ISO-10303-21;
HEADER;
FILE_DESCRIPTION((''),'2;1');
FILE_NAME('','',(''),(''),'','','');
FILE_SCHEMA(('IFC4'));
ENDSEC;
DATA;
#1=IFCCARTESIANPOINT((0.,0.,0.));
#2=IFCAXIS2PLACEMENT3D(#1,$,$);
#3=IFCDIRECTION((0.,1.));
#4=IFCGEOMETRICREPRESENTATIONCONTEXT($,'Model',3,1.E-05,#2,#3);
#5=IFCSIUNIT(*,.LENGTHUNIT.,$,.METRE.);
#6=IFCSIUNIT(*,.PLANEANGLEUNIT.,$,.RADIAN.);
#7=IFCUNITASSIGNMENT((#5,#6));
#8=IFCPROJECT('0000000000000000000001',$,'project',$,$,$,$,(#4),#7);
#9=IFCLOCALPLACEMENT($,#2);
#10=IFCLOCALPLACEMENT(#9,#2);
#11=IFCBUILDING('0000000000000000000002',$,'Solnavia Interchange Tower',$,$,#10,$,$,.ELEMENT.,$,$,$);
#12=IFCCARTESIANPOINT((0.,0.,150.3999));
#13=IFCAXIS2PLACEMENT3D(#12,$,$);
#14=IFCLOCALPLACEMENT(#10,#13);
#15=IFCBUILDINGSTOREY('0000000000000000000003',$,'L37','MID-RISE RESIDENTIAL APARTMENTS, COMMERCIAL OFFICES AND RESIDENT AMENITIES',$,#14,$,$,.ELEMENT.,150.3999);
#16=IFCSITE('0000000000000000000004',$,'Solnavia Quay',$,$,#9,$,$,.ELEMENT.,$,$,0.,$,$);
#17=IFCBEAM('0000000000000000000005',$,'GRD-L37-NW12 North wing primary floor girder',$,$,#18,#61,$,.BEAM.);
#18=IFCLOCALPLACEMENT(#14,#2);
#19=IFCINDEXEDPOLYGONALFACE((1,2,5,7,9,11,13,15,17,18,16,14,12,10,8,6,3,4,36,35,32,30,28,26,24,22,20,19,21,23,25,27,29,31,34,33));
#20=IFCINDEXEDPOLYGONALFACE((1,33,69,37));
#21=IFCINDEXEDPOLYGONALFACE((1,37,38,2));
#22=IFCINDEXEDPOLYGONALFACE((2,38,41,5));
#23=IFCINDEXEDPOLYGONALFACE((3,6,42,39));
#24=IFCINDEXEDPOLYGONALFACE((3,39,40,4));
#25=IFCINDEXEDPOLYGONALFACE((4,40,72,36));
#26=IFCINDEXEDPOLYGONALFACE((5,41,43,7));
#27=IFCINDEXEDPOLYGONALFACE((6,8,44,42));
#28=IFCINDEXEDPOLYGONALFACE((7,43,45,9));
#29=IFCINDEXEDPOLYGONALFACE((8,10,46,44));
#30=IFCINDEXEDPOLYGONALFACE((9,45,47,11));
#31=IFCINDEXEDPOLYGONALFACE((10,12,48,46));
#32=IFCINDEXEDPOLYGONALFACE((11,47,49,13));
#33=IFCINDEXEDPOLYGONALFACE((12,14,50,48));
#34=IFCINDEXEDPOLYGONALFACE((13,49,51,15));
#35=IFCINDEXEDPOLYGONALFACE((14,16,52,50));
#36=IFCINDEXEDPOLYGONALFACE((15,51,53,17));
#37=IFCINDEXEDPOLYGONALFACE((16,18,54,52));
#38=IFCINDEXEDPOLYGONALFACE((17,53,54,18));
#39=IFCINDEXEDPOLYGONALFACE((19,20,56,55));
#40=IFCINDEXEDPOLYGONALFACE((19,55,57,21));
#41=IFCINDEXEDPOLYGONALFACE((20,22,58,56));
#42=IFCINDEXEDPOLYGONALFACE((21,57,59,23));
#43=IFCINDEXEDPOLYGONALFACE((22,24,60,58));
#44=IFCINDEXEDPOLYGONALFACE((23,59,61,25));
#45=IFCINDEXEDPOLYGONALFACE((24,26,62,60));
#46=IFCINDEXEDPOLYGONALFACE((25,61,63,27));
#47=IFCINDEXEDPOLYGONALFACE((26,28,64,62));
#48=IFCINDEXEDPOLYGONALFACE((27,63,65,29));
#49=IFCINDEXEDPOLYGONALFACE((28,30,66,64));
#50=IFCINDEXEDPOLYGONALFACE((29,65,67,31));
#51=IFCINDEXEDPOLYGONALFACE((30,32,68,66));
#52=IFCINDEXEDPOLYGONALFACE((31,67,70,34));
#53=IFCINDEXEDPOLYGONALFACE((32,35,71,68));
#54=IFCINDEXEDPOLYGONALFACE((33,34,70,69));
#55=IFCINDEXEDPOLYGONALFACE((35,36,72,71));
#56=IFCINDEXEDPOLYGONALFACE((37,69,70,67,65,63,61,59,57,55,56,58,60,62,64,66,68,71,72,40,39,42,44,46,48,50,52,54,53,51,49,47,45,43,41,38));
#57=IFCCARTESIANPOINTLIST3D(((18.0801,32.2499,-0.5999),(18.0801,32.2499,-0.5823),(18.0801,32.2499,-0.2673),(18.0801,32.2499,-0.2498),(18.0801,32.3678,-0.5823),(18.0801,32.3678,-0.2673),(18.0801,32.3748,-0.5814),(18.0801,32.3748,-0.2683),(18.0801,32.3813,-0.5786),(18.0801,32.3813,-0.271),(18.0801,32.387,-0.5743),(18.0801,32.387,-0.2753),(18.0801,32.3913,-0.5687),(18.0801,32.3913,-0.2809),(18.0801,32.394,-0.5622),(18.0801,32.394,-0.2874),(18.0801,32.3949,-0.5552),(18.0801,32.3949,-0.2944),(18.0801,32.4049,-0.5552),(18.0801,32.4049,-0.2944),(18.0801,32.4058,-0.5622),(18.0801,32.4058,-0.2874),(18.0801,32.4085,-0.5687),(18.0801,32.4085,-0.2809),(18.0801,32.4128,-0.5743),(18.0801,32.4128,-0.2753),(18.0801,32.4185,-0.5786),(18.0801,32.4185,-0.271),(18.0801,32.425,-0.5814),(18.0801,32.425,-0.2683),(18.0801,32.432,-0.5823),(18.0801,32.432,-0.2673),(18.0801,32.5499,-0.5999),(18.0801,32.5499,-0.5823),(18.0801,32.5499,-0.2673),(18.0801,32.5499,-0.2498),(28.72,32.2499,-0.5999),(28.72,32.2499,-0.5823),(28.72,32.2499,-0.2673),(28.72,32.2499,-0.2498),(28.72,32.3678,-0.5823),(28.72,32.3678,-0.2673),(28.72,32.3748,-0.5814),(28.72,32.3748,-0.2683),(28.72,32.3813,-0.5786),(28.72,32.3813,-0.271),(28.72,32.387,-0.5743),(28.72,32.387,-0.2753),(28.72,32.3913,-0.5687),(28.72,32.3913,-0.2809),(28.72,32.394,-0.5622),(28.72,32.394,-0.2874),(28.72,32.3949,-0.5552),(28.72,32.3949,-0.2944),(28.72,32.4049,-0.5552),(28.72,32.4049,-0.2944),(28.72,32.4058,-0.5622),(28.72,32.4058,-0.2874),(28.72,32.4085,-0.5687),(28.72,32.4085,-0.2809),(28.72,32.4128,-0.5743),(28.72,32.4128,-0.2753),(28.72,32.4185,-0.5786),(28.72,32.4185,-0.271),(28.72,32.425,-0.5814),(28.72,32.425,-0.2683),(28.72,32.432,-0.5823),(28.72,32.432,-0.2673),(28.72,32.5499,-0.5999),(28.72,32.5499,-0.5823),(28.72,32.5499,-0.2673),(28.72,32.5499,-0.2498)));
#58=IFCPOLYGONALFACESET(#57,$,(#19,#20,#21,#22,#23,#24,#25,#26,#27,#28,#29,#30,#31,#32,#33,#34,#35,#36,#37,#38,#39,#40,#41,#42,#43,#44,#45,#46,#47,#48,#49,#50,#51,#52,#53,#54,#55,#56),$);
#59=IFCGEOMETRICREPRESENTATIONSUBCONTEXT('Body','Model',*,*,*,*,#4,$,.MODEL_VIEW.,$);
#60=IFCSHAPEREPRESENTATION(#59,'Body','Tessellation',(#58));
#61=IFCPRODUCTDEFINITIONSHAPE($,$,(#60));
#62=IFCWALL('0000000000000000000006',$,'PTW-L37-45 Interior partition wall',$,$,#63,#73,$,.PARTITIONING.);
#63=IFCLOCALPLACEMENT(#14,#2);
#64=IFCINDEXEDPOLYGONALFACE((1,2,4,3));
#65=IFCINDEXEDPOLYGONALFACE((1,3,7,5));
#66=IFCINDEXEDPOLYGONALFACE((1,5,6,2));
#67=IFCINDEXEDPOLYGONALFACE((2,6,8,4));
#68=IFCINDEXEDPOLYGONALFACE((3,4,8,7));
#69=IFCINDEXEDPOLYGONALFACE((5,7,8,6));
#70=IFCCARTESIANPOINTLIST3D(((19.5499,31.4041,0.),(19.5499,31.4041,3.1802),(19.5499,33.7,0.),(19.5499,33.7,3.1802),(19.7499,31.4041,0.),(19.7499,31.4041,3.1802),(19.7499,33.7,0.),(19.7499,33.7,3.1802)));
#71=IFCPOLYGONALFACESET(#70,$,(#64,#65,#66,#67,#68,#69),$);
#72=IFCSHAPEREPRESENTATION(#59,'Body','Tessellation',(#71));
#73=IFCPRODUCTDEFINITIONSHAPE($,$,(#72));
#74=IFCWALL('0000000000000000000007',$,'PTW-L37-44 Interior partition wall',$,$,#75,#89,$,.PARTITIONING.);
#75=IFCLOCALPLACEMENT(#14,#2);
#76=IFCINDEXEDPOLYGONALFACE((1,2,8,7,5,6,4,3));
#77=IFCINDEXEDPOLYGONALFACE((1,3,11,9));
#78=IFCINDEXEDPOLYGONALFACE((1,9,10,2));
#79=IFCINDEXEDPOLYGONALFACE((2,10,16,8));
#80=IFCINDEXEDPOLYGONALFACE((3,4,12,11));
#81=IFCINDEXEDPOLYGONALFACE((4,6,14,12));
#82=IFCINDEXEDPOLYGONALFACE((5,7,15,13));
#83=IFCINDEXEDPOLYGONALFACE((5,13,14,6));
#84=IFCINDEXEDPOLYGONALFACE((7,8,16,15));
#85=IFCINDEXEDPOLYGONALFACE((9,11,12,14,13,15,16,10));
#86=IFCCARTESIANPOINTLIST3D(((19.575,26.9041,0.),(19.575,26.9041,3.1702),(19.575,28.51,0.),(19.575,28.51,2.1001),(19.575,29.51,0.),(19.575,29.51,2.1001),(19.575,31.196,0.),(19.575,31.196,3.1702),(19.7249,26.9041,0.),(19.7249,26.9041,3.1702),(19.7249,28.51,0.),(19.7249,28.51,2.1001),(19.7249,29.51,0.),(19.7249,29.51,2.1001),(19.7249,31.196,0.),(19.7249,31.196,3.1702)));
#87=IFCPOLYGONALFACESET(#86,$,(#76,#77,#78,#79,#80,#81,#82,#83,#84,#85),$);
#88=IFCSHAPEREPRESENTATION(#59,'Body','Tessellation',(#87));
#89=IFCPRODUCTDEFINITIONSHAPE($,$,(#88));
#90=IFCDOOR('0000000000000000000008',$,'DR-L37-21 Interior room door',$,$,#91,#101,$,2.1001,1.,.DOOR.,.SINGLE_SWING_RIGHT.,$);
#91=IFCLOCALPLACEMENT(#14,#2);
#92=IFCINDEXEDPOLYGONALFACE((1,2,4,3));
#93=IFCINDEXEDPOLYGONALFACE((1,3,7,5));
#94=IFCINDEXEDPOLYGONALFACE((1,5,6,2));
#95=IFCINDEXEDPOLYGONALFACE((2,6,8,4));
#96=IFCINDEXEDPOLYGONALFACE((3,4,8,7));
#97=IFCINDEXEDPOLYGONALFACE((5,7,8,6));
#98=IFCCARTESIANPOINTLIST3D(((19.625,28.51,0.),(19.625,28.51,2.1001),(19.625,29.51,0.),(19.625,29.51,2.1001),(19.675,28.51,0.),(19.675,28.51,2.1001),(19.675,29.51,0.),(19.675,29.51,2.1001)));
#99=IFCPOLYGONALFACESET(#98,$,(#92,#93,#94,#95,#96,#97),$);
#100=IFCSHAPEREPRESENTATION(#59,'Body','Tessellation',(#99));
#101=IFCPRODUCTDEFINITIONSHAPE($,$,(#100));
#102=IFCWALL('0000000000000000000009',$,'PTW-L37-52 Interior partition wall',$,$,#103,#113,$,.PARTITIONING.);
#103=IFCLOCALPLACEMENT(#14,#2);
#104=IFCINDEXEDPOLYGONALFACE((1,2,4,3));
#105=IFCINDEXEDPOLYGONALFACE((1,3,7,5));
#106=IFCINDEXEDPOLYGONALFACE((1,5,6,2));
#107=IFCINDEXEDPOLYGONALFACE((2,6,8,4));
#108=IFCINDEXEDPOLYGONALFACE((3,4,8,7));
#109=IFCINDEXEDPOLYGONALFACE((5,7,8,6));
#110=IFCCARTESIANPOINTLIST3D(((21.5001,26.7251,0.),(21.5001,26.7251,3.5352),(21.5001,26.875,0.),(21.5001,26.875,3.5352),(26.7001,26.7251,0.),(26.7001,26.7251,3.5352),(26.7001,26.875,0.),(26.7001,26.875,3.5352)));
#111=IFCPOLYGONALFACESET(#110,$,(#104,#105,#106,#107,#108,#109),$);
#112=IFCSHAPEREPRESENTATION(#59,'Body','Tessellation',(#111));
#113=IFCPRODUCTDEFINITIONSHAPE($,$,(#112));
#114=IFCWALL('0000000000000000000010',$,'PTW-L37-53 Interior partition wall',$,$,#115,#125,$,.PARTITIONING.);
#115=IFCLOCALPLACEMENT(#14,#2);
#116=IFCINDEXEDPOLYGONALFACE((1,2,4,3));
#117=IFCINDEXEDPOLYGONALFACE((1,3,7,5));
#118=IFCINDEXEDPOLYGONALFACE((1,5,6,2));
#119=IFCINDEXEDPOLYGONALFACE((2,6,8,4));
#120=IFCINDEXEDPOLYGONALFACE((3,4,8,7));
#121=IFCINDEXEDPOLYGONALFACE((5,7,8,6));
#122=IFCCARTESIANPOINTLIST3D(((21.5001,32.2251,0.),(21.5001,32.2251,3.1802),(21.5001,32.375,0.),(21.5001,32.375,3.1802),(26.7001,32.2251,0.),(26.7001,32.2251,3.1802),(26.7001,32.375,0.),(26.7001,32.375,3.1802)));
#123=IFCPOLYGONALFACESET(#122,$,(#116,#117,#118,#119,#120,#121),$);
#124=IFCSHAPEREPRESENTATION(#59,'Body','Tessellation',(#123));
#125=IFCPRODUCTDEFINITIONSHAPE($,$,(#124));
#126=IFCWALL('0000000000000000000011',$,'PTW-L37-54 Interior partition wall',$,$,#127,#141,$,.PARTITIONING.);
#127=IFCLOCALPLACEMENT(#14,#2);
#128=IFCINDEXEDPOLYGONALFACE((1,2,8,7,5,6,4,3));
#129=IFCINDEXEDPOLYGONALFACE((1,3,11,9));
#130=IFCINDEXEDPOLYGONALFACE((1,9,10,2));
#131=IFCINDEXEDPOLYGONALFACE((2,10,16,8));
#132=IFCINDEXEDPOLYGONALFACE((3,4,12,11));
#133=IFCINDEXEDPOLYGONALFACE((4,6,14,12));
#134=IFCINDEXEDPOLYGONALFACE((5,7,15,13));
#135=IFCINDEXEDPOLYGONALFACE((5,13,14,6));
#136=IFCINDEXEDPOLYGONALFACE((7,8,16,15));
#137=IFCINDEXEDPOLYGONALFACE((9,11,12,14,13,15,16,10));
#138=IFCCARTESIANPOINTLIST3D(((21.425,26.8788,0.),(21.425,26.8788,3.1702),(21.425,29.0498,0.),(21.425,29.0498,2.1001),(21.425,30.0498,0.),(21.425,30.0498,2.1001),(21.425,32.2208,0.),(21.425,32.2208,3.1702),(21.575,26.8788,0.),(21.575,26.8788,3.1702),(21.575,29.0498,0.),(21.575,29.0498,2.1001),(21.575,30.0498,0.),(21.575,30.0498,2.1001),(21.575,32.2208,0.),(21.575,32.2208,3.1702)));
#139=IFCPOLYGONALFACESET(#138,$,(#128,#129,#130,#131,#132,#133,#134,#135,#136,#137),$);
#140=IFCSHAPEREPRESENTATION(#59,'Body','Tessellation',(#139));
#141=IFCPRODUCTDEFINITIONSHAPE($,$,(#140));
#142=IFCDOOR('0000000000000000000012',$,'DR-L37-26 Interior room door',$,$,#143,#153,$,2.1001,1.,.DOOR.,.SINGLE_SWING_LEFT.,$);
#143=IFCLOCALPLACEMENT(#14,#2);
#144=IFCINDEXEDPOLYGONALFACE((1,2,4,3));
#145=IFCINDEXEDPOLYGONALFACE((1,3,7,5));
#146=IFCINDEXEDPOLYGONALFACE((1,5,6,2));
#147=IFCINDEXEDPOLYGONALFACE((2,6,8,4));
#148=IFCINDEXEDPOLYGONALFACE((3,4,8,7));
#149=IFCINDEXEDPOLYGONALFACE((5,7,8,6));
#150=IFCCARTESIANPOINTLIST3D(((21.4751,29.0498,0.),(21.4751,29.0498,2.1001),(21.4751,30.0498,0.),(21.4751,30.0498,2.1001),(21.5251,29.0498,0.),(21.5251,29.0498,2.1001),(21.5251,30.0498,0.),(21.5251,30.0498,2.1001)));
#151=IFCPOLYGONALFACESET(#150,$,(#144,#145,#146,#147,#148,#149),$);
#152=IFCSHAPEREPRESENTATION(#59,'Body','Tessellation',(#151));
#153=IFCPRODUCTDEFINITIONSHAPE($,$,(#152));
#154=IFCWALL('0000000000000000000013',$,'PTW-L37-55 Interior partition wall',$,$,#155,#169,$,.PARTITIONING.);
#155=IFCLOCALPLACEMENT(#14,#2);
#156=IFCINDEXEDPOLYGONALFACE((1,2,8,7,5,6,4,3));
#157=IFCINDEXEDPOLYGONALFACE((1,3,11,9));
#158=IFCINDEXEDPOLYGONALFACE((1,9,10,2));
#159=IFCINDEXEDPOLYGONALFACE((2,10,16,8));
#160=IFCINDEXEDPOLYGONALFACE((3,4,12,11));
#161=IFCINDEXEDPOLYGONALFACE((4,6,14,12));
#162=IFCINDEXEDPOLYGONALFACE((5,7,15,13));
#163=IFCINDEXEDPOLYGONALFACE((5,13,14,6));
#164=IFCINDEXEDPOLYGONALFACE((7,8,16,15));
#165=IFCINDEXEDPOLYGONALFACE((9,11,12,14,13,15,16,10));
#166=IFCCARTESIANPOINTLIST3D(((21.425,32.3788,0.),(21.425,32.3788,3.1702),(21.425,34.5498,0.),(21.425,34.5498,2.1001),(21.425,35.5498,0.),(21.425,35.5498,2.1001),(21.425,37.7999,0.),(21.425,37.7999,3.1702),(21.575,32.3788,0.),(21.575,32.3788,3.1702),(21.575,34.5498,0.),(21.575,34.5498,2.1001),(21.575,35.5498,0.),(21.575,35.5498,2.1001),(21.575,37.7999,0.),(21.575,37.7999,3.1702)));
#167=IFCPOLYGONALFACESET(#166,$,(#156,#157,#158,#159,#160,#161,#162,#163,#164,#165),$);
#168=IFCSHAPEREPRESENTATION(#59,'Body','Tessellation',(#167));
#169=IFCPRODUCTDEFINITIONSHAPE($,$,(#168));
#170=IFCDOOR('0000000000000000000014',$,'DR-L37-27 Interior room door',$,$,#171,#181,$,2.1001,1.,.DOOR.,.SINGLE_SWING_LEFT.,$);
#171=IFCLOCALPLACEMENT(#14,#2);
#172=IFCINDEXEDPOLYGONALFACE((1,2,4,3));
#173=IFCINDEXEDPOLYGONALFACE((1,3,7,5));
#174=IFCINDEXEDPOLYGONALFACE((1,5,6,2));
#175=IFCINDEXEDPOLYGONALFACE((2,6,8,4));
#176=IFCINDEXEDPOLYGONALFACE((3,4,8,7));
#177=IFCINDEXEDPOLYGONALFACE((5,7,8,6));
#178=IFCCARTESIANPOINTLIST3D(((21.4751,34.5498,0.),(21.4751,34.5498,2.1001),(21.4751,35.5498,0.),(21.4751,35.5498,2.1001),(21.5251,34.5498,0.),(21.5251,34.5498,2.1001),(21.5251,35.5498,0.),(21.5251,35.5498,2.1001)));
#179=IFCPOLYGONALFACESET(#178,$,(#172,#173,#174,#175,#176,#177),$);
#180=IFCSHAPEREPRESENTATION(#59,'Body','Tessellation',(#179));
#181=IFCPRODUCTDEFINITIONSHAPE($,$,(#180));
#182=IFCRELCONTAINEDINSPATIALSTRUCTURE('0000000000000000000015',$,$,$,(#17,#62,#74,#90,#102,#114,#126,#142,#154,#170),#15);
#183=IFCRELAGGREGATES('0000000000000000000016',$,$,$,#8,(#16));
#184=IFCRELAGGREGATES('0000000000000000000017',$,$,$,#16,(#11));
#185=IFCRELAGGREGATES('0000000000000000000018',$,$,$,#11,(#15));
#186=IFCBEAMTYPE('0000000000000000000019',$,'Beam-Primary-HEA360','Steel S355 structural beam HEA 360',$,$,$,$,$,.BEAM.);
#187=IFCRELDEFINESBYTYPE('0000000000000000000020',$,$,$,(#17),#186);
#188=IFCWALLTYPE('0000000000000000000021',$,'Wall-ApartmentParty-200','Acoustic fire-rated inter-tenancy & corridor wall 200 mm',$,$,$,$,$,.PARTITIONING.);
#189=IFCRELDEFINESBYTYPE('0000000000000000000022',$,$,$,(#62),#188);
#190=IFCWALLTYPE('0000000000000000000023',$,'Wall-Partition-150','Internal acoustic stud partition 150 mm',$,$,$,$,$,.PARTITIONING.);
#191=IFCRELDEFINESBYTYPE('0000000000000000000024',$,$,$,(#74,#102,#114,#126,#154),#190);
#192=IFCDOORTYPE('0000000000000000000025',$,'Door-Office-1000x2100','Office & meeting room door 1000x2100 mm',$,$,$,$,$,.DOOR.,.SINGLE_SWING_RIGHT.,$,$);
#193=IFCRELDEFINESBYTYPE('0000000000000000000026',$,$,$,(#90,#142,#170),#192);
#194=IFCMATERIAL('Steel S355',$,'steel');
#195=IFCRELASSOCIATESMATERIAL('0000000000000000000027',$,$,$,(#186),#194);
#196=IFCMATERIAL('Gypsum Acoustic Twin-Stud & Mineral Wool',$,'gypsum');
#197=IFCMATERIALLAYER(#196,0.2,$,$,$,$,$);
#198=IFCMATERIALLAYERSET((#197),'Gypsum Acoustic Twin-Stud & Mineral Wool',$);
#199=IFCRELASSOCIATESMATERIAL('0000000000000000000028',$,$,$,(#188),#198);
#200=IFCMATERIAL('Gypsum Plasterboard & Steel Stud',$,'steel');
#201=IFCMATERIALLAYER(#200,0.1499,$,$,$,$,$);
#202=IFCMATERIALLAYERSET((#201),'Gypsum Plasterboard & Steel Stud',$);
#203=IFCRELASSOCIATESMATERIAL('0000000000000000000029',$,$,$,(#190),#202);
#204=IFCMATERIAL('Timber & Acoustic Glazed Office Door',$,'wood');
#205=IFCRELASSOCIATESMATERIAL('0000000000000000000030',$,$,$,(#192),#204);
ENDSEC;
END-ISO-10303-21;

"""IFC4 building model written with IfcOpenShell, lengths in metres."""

from ifc_helpers import new_model, si_unit, direction, frame, frame_2d, origin, origin_2d, place, context, subcontext, project, spatial, rectangle, i_section, extrude, material, layer, layer_set, material_profile, profile_set, type_object, element, fill, save


model = new_model("IFC4")

# Units and contexts
model_context = context("Model", 3, precision=1e-05, world=origin(), true_north=direction((0.0, 1.0)))
body_context = subcontext(model_context, "Body", "Model", "MODEL_VIEW")
ifc_project = project(units=[si_unit("LENGTHUNIT", "METRE"), si_unit("PLANEANGLEUNIT", "RADIAN")], contexts=[model_context])

# Site, building, storey
site_placement = place(None, origin())
site = spatial("IfcSite", under=ifc_project, at=site_placement, Name="Solnavia Quay", CompositionType="ELEMENT", RefElevation=0.0)
building_placement = place(site_placement, origin())
building = spatial("IfcBuilding", under=site, at=building_placement, Name="Solnavia Interchange Tower", CompositionType="ELEMENT")
storey_placement = place(building_placement, frame((0.0, 0.0, 150.3999)))
storey = spatial("IfcBuildingStorey", under=building, at=storey_placement, Name="L37", Description="MID-RISE RESIDENTIAL APARTMENTS, COMMERCIAL OFFICES AND RESIDENT AMENITIES", CompositionType="ELEMENT", Elevation=150.3999)

# Shared definitions
ifc_material_1 = material(Name="Steel S355", Category="steel")

# Beam
ifc_material_profile_1 = material_profile(ifc_material_1, i_section(OverallWidth=0.3, OverallDepth=0.3501, WebThickness=0.01, FlangeThickness=0.0176, FilletRadius=0.0271, at=origin_2d()), Name="HEA 360")
ifc_profile_set_1 = profile_set([ifc_material_profile_1], Name="Steel S355")
beam_type_1 = type_object("IfcBeamType", Name="Beam-Primary-HEA360", Description="Steel S355 structural beam HEA 360", PredefinedType="BEAM", material=ifc_profile_set_1)
beam_1_placement = place(storey_placement, frame((18.0801, 32.3999, -0.4248), z_axis=(1.0, 0.0, 0.0), x_axis=(0.0, 1.0, 0.0)))
element("IfcBeam", 1, at=beam_1_placement, inside=storey, type_object=beam_type_1, Name="GRD-L37-NW12 North wing primary floor girder", PredefinedType="BEAM", context=body_context, shape_type="SweptSolid", body=[
    extrude(i_section(OverallWidth=0.3, OverallDepth=0.3501, WebThickness=0.01, FlangeThickness=0.0176, FilletRadius=0.0271, at=origin_2d()), origin(), (0.0, 0.0, 1.0), 10.6399),
])

# Wall
ifc_material_2 = material(Name="Gypsum Acoustic Twin-Stud & Mineral Wool", Category="gypsum")
ifc_layer_1 = layer(ifc_material_2, 0.2)
ifc_layer_set_1 = layer_set([ifc_layer_1], Name="Gypsum Acoustic Twin-Stud & Mineral Wool")
wall_type_1 = type_object("IfcWallType", Name="Wall-ApartmentParty-200", Description="Acoustic fire-rated inter-tenancy & corridor wall 200 mm", PredefinedType="PARTITIONING", material=ifc_layer_set_1)
wall_1_placement = place(storey_placement, frame((19.6499, 31.4041, 0.0), z_axis=(0.0, 0.0, 1.0), x_axis=(0.0, 1.0, 0.0)))
element("IfcWall", 2, at=wall_1_placement, inside=storey, type_object=wall_type_1, Name="PTW-L37-45 Interior partition wall", PredefinedType="PARTITIONING", context=body_context, shape_type="SweptSolid", body=[
    extrude(rectangle(XDim=2.2959, YDim=0.2, at=frame_2d((1.1479, 0.0))), origin(), (0.0, 0.0, 1.0), 3.1802),
])

# Wall, opening, door
ifc_material_3 = material(Name="Gypsum Plasterboard & Steel Stud", Category="steel")
ifc_layer_2 = layer(ifc_material_3, 0.1499)
ifc_layer_set_2 = layer_set([ifc_layer_2], Name="Gypsum Plasterboard & Steel Stud")
wall_type_2 = type_object("IfcWallType", Name="Wall-Partition-150", Description="Internal acoustic stud partition 150 mm", PredefinedType="PARTITIONING", material=ifc_layer_set_2)
wall_2_placement = place(storey_placement, frame((19.6499, 26.9041, 0.0), z_axis=(0.0, 0.0, 1.0), x_axis=(0.0, 1.0, 0.0)))
wall_2 = element("IfcWall", 3, at=wall_2_placement, inside=storey, type_object=wall_type_2, Name="PTW-L37-44 Interior partition wall", PredefinedType="PARTITIONING", context=body_context, shape_type="SweptSolid", body=[
    extrude(rectangle(XDim=4.292, YDim=0.1499, at=frame_2d((2.146, 0.0))), origin(), (0.0, 0.0, 1.0), 3.1702),
])
opening_1_placement = place(wall_2_placement, frame((1.606, 0.0, 0.0)))
opening_1 = element("IfcOpeningElement", 4, at=opening_1_placement, cuts=wall_2, PredefinedType="OPENING", context=body_context, shape_type="SweptSolid", body=[
    extrude(rectangle(XDim=1.0, YDim=2.1001, at=frame_2d((0.5, 1.05))), frame((0.0, 0.085, 0.0), z_axis=(0.0, -1.0, 0.0), x_axis=(1.0, 0.0, 0.0)), (0.0, 0.0, 1.0), 0.1699),
])
ifc_material_4 = material(Name="Timber & Acoustic Glazed Office Door", Category="wood")
door_type = type_object("IfcDoorType", Name="Door-Office-1000x2100", Description="Office & meeting room door 1000x2100 mm", OperationType="SINGLE_SWING_RIGHT", PredefinedType="DOOR", material=ifc_material_4)
door_1_placement = place(opening_1_placement, origin())
door_1 = element("IfcDoor", 5, at=door_1_placement, inside=storey, type_object=door_type, Name="DR-L37-21 Interior room door", OperationType="SINGLE_SWING_RIGHT", OverallHeight=2.1001, OverallWidth=1.0, PredefinedType="DOOR", context=body_context, shape_type="SweptSolid", body=[
    extrude(rectangle(XDim=1.0, YDim=2.1001, at=frame_2d((0.5, 1.05))), frame((0.0, 0.0249, 0.0), z_axis=(0.0, -1.0, 0.0), x_axis=(1.0, 0.0, 0.0)), (0.0, 0.0, 1.0), 0.05),
])
fill(opening_1, door_1)

# Walls
wall_3_placement = place(storey_placement, frame((21.5, 26.8, 0.0), z_axis=(0.0, 0.0, 1.0), x_axis=(1.0, 0.0, 0.0)))
element("IfcWall", 6, at=wall_3_placement, inside=storey, type_object=wall_type_2, Name="PTW-L37-52 Interior partition wall", PredefinedType="PARTITIONING", context=body_context, shape_type="SweptSolid", body=[
    extrude(rectangle(XDim=5.2, YDim=0.1499, at=frame_2d((2.6001, 0.0))), origin(), (0.0, 0.0, 1.0), 3.5352),
])
wall_4_placement = place(storey_placement, frame((21.5, 32.3, 0.0), z_axis=(0.0, 0.0, 1.0), x_axis=(1.0, 0.0, 0.0)))
element("IfcWall", 7, at=wall_4_placement, inside=storey, type_object=wall_type_2, Name="PTW-L37-53 Interior partition wall", PredefinedType="PARTITIONING", context=body_context, shape_type="SweptSolid", body=[
    extrude(rectangle(XDim=5.2, YDim=0.1499, at=frame_2d((2.6001, 0.0))), origin(), (0.0, 0.0, 1.0), 3.1802),
])

# Walls, openings, doors
wall_5_placement = place(storey_placement, frame((21.5, 26.8789, 0.0), z_axis=(0.0, 0.0, 1.0), x_axis=(0.0, 1.0, 0.0)))
wall_5 = element("IfcWall", 8, at=wall_5_placement, inside=storey, type_object=wall_type_2, Name="PTW-L37-54 Interior partition wall", PredefinedType="PARTITIONING", context=body_context, shape_type="SweptSolid", body=[
    extrude(rectangle(XDim=5.342, YDim=0.1499, at=frame_2d((2.6709, 0.0))), origin(), (0.0, 0.0, 1.0), 3.1702),
])
opening_2_placement = place(wall_5_placement, frame((2.1709, 0.0, 0.0)))
opening_2 = element("IfcOpeningElement", 9, at=opening_2_placement, cuts=wall_5, PredefinedType="OPENING", context=body_context, shape_type="SweptSolid", body=[
    extrude(rectangle(XDim=1.0, YDim=2.1001, at=frame_2d((0.5, 1.05))), frame((0.0, 0.085, 0.0), z_axis=(0.0, -1.0, 0.0), x_axis=(1.0, 0.0, 0.0)), (0.0, 0.0, 1.0), 0.1699),
])
door_2_placement = place(opening_2_placement, origin())
door_2 = element("IfcDoor", 10, at=door_2_placement, inside=storey, type_object=door_type, Name="DR-L37-26 Interior room door", OperationType="SINGLE_SWING_LEFT", OverallHeight=2.1001, OverallWidth=1.0, PredefinedType="DOOR", context=body_context, shape_type="SweptSolid", body=[
    extrude(rectangle(XDim=1.0, YDim=2.1001, at=frame_2d((0.5, 1.05))), frame((0.0, 0.0249, 0.0), z_axis=(0.0, -1.0, 0.0), x_axis=(1.0, 0.0, 0.0)), (0.0, 0.0, 1.0), 0.05),
])
fill(opening_2, door_2)
wall_6_placement = place(storey_placement, frame((21.5, 32.3789, 0.0), z_axis=(0.0, 0.0, 1.0), x_axis=(0.0, 1.0, 0.0)))
wall_6 = element("IfcWall", 11, at=wall_6_placement, inside=storey, type_object=wall_type_2, Name="PTW-L37-55 Interior partition wall", PredefinedType="PARTITIONING", context=body_context, shape_type="SweptSolid", body=[
    extrude(rectangle(XDim=5.4211, YDim=0.1499, at=frame_2d((2.7104, 0.0))), origin(), (0.0, 0.0, 1.0), 3.1702),
])
opening_3_placement = place(wall_6_placement, frame((2.1709, 0.0, 0.0)))
opening_3 = element("IfcOpeningElement", 12, at=opening_3_placement, cuts=wall_6, PredefinedType="OPENING", context=body_context, shape_type="SweptSolid", body=[
    extrude(rectangle(XDim=1.0, YDim=2.1001, at=frame_2d((0.5, 1.05))), frame((0.0, 0.085, 0.0), z_axis=(0.0, -1.0, 0.0), x_axis=(1.0, 0.0, 0.0)), (0.0, 0.0, 1.0), 0.1699),
])
door_3_placement = place(opening_3_placement, origin())
door_3 = element("IfcDoor", 13, at=door_3_placement, inside=storey, type_object=door_type, Name="DR-L37-27 Interior room door", OperationType="SINGLE_SWING_LEFT", OverallHeight=2.1001, OverallWidth=1.0, PredefinedType="DOOR", context=body_context, shape_type="SweptSolid", body=[
    extrude(rectangle(XDim=1.0, YDim=2.1001, at=frame_2d((0.5, 1.05))), frame((0.0, 0.0249, 0.0), z_axis=(0.0, -1.0, 0.0), x_axis=(1.0, 0.0, 0.0)), (0.0, 0.0, 1.0), 0.05),
])
fill(opening_3, door_3)

save(model, "model.ifc")
